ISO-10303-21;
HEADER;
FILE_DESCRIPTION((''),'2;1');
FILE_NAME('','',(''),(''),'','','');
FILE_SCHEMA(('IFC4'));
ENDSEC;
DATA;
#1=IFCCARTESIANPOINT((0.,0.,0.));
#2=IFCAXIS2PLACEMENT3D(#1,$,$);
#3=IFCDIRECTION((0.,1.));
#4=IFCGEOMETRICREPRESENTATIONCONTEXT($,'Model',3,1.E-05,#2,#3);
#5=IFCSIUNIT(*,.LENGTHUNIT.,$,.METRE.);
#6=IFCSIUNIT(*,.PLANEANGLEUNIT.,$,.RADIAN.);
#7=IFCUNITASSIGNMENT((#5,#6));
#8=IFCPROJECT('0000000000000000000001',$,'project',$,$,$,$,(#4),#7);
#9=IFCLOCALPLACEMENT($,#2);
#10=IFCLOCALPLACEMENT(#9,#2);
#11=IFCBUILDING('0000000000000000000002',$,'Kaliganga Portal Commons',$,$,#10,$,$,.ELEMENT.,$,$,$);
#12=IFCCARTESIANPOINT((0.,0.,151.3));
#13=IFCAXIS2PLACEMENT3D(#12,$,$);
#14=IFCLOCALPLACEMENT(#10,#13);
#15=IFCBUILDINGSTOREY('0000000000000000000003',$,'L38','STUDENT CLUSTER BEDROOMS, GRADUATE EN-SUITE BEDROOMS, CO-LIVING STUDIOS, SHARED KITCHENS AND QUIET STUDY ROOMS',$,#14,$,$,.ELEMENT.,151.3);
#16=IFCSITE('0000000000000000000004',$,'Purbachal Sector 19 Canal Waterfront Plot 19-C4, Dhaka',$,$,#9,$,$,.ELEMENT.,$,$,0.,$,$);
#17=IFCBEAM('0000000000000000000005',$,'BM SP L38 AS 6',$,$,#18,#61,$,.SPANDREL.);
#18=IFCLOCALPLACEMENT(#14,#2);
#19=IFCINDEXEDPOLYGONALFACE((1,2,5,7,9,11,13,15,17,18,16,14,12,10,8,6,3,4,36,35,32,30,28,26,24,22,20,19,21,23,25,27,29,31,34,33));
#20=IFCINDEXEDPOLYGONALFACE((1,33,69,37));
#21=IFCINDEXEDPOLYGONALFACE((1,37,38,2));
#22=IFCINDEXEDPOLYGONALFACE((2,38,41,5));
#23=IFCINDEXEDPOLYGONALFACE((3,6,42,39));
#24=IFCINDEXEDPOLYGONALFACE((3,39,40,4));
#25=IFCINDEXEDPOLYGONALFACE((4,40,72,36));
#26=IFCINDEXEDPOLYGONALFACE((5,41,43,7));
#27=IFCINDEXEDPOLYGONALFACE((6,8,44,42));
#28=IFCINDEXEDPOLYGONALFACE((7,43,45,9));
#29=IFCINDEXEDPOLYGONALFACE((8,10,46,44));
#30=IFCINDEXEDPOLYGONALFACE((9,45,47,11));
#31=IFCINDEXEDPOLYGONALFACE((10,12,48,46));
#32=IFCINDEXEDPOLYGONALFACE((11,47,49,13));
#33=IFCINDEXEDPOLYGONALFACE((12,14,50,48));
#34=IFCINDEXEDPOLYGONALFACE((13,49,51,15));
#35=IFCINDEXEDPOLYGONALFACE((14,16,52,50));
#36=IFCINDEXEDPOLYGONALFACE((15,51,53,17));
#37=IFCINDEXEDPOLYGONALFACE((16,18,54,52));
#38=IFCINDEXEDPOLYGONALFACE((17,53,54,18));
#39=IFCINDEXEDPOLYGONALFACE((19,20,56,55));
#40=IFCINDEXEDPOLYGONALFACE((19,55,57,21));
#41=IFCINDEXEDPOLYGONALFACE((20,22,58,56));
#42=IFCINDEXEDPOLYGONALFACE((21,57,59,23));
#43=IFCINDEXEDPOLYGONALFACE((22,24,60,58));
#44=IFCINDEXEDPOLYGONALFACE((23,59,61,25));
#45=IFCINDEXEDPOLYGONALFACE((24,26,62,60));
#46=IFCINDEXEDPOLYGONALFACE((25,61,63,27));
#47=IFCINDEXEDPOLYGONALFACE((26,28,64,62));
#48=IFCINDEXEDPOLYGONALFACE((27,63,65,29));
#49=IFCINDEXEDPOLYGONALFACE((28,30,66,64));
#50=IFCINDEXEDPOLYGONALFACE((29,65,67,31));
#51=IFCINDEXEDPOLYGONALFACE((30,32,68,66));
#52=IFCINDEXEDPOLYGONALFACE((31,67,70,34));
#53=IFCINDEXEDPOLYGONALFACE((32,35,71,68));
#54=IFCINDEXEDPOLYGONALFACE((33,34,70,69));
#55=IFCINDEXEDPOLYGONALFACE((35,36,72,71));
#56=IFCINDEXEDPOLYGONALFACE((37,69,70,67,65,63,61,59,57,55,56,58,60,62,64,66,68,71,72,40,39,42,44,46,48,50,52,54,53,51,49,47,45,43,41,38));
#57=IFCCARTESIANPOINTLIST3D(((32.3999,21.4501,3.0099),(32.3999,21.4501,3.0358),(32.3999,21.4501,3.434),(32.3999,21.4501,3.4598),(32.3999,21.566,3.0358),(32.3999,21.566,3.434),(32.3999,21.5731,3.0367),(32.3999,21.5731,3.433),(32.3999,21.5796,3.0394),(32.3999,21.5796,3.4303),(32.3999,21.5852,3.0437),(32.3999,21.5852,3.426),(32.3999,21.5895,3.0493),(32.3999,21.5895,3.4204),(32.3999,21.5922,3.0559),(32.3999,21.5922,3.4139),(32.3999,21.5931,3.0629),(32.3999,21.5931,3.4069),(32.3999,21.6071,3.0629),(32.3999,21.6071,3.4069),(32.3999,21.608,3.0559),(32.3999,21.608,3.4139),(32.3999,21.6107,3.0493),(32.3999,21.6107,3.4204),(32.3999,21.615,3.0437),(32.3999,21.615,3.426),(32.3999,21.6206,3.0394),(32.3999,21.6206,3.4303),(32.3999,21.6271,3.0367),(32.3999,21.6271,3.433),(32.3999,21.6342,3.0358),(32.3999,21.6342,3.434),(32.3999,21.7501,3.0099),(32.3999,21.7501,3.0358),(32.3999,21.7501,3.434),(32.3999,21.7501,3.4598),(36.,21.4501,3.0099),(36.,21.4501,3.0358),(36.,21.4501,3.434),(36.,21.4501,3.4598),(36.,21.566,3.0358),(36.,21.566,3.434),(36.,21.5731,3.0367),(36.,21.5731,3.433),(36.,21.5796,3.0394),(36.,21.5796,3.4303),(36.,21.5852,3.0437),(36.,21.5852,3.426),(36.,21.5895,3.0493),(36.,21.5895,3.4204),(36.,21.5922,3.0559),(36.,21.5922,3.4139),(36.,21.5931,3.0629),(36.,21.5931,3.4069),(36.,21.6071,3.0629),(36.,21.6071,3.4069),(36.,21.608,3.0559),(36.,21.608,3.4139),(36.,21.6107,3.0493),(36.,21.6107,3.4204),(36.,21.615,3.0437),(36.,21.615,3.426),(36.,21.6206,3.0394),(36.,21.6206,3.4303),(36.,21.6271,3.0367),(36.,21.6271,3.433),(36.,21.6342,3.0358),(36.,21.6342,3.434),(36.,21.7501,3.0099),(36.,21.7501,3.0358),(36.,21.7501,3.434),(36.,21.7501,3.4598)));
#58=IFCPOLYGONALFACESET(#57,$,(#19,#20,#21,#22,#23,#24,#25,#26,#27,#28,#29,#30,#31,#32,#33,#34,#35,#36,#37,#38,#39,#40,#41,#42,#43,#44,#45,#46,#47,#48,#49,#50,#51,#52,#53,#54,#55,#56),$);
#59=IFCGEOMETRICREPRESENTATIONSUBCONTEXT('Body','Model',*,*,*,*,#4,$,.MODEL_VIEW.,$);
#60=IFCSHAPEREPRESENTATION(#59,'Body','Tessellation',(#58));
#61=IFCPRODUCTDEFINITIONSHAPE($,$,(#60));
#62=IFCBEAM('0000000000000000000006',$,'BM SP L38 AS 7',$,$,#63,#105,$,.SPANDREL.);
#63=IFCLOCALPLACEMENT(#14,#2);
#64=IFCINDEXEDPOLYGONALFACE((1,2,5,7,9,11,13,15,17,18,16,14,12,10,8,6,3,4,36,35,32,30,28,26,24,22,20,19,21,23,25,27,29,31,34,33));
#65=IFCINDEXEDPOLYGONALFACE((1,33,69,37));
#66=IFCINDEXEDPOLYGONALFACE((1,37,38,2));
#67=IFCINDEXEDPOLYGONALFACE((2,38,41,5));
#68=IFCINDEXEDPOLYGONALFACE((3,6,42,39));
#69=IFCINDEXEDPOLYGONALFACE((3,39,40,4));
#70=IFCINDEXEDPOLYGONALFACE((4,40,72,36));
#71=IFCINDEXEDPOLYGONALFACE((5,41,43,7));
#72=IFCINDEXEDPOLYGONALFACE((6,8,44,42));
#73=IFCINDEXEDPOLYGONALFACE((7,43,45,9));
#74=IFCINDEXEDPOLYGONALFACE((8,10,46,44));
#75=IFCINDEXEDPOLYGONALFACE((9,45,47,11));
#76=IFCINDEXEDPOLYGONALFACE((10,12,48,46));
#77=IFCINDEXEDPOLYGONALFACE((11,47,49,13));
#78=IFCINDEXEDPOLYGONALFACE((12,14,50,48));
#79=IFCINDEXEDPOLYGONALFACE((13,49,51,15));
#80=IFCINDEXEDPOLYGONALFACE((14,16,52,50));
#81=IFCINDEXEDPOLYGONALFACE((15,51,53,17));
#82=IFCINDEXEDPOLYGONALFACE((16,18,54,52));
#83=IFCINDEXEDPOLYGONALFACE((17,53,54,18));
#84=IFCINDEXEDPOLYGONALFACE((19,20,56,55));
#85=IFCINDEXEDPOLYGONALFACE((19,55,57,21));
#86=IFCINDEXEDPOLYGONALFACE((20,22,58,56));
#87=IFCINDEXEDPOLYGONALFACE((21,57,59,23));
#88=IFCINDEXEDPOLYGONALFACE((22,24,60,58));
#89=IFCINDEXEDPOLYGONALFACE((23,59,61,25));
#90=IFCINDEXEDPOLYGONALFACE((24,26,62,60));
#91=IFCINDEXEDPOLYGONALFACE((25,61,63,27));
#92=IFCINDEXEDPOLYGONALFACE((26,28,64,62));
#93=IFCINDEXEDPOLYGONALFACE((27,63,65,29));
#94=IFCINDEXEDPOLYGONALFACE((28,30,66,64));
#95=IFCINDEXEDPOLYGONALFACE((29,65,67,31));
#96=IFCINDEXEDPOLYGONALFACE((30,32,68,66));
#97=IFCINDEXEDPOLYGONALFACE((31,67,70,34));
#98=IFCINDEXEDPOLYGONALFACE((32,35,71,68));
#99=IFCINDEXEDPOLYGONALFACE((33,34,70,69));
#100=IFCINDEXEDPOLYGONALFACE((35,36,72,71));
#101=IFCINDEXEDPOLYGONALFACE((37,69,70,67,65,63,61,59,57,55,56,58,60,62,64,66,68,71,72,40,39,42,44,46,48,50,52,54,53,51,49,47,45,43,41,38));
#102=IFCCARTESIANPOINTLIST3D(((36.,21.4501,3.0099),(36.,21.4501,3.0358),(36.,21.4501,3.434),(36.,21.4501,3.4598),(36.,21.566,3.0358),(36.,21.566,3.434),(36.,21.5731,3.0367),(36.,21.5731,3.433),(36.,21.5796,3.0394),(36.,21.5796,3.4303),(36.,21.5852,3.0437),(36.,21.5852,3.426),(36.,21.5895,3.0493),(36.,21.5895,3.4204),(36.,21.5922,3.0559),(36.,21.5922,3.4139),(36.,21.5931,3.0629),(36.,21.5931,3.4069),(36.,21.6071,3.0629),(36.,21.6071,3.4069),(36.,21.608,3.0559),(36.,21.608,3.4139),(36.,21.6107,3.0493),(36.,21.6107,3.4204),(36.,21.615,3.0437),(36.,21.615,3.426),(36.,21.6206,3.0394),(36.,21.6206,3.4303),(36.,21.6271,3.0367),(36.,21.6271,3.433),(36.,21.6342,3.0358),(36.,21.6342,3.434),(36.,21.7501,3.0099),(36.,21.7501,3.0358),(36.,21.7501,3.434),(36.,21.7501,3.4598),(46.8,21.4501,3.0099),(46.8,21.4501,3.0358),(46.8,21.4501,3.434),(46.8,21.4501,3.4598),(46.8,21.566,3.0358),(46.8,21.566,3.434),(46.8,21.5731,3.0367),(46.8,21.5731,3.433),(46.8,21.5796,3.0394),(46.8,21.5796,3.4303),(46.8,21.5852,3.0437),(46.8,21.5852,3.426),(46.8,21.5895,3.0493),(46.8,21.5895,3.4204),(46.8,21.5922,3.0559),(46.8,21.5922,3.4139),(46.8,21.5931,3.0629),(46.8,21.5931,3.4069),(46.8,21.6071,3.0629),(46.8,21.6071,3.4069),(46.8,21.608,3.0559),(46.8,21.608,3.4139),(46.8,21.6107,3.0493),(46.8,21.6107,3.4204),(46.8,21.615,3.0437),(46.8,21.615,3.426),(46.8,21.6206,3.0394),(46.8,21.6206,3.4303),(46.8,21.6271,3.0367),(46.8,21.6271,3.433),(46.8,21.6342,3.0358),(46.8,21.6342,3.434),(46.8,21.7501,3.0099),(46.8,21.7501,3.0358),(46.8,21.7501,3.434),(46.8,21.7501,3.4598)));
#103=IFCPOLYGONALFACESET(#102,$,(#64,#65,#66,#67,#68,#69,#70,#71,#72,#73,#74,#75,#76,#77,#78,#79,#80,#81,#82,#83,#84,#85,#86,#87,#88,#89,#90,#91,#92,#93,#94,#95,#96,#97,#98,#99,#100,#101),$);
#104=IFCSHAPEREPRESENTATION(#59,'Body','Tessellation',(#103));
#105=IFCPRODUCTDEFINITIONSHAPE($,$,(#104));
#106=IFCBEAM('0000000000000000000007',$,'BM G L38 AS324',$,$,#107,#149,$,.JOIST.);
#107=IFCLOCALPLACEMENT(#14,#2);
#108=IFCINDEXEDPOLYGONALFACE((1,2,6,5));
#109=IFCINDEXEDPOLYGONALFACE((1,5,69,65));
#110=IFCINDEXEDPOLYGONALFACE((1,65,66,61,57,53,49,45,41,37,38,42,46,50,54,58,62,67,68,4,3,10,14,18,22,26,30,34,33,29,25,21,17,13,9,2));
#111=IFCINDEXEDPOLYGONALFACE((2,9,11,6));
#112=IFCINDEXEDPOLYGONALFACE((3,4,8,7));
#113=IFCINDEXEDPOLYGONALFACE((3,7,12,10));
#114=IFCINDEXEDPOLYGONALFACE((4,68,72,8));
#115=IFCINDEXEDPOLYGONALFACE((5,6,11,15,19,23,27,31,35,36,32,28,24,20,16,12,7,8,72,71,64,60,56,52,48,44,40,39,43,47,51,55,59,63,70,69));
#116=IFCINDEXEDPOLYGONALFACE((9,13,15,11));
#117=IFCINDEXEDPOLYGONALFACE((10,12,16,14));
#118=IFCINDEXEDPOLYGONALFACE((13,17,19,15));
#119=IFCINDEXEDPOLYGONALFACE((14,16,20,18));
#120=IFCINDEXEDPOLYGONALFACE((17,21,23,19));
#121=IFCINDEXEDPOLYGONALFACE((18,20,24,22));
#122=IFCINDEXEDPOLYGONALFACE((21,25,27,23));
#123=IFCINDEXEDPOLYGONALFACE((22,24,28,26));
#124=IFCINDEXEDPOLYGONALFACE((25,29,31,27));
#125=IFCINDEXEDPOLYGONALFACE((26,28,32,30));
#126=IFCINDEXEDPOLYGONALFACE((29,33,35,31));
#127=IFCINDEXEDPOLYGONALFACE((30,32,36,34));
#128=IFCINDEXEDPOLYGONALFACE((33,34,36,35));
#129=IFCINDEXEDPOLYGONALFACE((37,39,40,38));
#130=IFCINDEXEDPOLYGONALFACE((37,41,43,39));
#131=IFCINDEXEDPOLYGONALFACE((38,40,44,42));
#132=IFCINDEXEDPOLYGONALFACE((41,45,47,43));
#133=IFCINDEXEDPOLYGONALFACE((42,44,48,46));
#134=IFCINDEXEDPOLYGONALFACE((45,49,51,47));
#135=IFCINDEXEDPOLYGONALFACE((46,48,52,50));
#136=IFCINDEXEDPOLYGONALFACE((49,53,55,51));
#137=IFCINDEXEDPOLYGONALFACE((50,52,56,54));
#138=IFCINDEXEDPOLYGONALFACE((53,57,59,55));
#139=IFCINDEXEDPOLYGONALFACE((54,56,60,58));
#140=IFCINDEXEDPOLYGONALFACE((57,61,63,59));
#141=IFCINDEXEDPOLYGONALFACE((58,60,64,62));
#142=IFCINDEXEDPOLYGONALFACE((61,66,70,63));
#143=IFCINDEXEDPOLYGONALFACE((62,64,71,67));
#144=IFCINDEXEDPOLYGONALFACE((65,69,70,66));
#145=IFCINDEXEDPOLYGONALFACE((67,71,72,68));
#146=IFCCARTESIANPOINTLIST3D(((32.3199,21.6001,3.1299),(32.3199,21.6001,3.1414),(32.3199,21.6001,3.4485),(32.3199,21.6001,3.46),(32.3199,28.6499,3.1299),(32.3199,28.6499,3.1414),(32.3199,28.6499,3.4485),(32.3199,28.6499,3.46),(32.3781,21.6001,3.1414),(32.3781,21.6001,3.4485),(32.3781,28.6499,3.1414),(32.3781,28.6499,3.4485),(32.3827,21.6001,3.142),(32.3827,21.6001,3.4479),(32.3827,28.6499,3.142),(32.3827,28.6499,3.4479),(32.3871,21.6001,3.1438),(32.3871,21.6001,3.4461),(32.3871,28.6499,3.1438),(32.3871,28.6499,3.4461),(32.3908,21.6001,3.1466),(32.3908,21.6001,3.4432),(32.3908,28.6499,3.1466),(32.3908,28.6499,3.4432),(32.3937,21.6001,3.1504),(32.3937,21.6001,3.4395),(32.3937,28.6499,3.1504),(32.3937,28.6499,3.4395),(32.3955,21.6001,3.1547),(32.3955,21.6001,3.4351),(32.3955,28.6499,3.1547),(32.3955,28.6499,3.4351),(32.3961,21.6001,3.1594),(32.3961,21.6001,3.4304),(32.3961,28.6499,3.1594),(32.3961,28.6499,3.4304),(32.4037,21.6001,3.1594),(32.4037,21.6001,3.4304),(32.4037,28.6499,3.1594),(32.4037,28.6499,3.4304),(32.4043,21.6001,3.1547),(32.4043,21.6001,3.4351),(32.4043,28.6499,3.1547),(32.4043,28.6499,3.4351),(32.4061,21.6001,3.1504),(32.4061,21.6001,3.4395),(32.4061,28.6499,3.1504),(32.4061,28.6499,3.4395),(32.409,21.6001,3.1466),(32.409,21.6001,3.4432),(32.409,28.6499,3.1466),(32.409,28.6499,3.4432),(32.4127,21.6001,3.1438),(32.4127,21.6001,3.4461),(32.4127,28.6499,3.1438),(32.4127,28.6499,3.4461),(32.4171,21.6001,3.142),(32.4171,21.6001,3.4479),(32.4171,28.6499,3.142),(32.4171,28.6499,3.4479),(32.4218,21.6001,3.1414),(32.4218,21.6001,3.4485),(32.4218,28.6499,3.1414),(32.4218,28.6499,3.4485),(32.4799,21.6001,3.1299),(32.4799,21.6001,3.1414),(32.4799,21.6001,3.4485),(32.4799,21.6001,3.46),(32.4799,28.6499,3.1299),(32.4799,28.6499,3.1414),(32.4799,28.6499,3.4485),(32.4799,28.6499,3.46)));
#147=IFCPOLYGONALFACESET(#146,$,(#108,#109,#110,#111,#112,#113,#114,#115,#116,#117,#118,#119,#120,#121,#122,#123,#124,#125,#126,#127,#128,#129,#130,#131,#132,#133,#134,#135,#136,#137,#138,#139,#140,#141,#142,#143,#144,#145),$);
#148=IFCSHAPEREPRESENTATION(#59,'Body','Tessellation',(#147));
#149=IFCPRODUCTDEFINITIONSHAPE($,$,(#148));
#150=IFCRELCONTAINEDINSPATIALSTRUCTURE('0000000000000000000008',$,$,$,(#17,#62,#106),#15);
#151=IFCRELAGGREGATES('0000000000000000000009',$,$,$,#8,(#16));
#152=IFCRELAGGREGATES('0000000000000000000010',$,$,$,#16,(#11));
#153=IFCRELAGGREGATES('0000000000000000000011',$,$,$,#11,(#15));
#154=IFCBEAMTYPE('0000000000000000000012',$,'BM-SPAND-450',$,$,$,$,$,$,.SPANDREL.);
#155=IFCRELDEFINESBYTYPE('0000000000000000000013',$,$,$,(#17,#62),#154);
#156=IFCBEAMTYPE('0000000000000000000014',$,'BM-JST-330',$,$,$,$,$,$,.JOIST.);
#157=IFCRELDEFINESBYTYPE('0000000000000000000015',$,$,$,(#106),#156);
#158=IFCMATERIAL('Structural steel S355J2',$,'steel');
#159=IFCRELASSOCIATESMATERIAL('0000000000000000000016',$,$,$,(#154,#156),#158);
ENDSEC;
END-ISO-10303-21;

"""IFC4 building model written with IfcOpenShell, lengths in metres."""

from ifc_helpers import new_model, si_unit, direction, frame, origin, origin_2d, place, context, subcontext, project, spatial, i_section, extrude, source, transform, mapped, material, material_profile, profile_set, type_object, element, save


model = new_model("IFC4")

# Units and contexts
model_context = context("Model", 3, precision=1e-05, world=origin(), true_north=direction((0.0, 1.0)))
body_context = subcontext(model_context, "Body", "Model", "MODEL_VIEW")
ifc_project = project(units=[si_unit("LENGTHUNIT", "METRE"), si_unit("PLANEANGLEUNIT", "RADIAN")], contexts=[model_context])

# Site, building, storey
site_placement = place(None, origin())
site = spatial("IfcSite", under=ifc_project, at=site_placement, Name="Purbachal Sector 19 Canal Waterfront Plot 19-C4, Dhaka", CompositionType="ELEMENT", RefElevation=0.0)
building_placement = place(site_placement, origin())
building = spatial("IfcBuilding", under=site, at=building_placement, Name="Kaliganga Portal Commons", CompositionType="ELEMENT")
storey_placement = place(building_placement, frame((0.0, 0.0, 151.3)))
storey = spatial("IfcBuildingStorey", under=building, at=storey_placement, Name="L38", Description="STUDENT CLUSTER BEDROOMS, GRADUATE EN-SUITE BEDROOMS, CO-LIVING STUDIOS, SHARED KITCHENS AND QUIET STUDY ROOMS", CompositionType="ELEMENT", Elevation=151.3)

# Beams
ifc_material_1 = material(Name="Structural steel S355J2", Category="steel")
ifc_material_profile_1 = material_profile(ifc_material_1, i_section(OverallWidth=0.3, OverallDepth=0.45, WebThickness=0.0139, FlangeThickness=0.0259, FilletRadius=0.0271, at=origin_2d()), Name="HE 450 B")
ifc_profile_set_1 = profile_set([ifc_material_profile_1], Name="Structural steel S355J2 wide-flange")
beam_type_1 = type_object("IfcBeamType", Name="BM-SPAND-450", PredefinedType="SPANDREL", material=ifc_profile_set_1)
shared_shape_1 = source(origin(), body_context, "Body", "SweptSolid", [
    extrude(i_section(OverallWidth=0.3, OverallDepth=0.45, WebThickness=0.0139, FlangeThickness=0.0259, FilletRadius=0.0271, at=origin_2d()), origin(), (0.0, 0.0, 1.0), 3.6001),
])
beam_1_placement = place(storey_placement, frame((32.3999, 21.6001, 3.2349), z_axis=(1.0, 0.0, 0.0), x_axis=(0.0, 1.0, 0.0)))
element("IfcBeam", 1, at=beam_1_placement, inside=storey, type_object=beam_type_1, Name="BM SP L38 AS 6", PredefinedType="SPANDREL", context=body_context, shape_type="MappedRepresentation", body=[
    mapped(shared_shape_1, transform((0.0, 0.0, 0.0), x_axis=(1.0, 0.0, 0.0), y_axis=(0.0, 1.0, 0.0), z_axis=(0.0, 0.0, 1.0), scale=1.0)),
])
shared_shape_2 = source(origin(), body_context, "Body", "SweptSolid", [
    extrude(i_section(OverallWidth=0.3, OverallDepth=0.45, WebThickness=0.0139, FlangeThickness=0.0259, FilletRadius=0.0271, at=origin_2d()), origin(), (0.0, 0.0, 1.0), 10.8),
])
beam_2_placement = place(storey_placement, frame((36.0, 21.6001, 3.2349), z_axis=(1.0, 0.0, 0.0), x_axis=(0.0, 1.0, 0.0)))
element("IfcBeam", 2, at=beam_2_placement, inside=storey, type_object=beam_type_1, Name="BM SP L38 AS 7", PredefinedType="SPANDREL", context=body_context, shape_type="MappedRepresentation", body=[
    mapped(shared_shape_2, transform((0.0, 0.0, 0.0), x_axis=(1.0, 0.0, 0.0), y_axis=(0.0, 1.0, 0.0), z_axis=(0.0, 0.0, 1.0), scale=1.0)),
])
ifc_material_profile_2 = material_profile(ifc_material_1, i_section(OverallWidth=0.1599, OverallDepth=0.3301, WebThickness=0.0076, FlangeThickness=0.0115, FilletRadius=0.0181, at=origin_2d()), Name="IPE 330")
ifc_profile_set_2 = profile_set([ifc_material_profile_2], Name="Structural steel S355J2 wide-flange")
beam_type_2 = type_object("IfcBeamType", Name="BM-JST-330", PredefinedType="JOIST", material=ifc_profile_set_2)
shared_shape_3 = source(origin(), body_context, "Body", "SweptSolid", [
    extrude(i_section(OverallWidth=0.1599, OverallDepth=0.3301, WebThickness=0.0076, FlangeThickness=0.0115, FilletRadius=0.0181, at=origin_2d()), origin(), (0.0, 0.0, 1.0), 7.0498),
])
beam_3_placement = place(storey_placement, frame((32.3999, 21.6001, 3.2949), z_axis=(0.0, 1.0, 0.0), x_axis=(-1.0, 0.0, 0.0)))
element("IfcBeam", 3, at=beam_3_placement, inside=storey, type_object=beam_type_2, Name="BM G L38 AS324", PredefinedType="JOIST", context=body_context, shape_type="MappedRepresentation", body=[
    mapped(shared_shape_3, transform((0.0, 0.0, 0.0), x_axis=(1.0, 0.0, 0.0), y_axis=(0.0, 1.0, 0.0), z_axis=(0.0, 0.0, 1.0), scale=1.0)),
])

save(model, "model.ifc")
